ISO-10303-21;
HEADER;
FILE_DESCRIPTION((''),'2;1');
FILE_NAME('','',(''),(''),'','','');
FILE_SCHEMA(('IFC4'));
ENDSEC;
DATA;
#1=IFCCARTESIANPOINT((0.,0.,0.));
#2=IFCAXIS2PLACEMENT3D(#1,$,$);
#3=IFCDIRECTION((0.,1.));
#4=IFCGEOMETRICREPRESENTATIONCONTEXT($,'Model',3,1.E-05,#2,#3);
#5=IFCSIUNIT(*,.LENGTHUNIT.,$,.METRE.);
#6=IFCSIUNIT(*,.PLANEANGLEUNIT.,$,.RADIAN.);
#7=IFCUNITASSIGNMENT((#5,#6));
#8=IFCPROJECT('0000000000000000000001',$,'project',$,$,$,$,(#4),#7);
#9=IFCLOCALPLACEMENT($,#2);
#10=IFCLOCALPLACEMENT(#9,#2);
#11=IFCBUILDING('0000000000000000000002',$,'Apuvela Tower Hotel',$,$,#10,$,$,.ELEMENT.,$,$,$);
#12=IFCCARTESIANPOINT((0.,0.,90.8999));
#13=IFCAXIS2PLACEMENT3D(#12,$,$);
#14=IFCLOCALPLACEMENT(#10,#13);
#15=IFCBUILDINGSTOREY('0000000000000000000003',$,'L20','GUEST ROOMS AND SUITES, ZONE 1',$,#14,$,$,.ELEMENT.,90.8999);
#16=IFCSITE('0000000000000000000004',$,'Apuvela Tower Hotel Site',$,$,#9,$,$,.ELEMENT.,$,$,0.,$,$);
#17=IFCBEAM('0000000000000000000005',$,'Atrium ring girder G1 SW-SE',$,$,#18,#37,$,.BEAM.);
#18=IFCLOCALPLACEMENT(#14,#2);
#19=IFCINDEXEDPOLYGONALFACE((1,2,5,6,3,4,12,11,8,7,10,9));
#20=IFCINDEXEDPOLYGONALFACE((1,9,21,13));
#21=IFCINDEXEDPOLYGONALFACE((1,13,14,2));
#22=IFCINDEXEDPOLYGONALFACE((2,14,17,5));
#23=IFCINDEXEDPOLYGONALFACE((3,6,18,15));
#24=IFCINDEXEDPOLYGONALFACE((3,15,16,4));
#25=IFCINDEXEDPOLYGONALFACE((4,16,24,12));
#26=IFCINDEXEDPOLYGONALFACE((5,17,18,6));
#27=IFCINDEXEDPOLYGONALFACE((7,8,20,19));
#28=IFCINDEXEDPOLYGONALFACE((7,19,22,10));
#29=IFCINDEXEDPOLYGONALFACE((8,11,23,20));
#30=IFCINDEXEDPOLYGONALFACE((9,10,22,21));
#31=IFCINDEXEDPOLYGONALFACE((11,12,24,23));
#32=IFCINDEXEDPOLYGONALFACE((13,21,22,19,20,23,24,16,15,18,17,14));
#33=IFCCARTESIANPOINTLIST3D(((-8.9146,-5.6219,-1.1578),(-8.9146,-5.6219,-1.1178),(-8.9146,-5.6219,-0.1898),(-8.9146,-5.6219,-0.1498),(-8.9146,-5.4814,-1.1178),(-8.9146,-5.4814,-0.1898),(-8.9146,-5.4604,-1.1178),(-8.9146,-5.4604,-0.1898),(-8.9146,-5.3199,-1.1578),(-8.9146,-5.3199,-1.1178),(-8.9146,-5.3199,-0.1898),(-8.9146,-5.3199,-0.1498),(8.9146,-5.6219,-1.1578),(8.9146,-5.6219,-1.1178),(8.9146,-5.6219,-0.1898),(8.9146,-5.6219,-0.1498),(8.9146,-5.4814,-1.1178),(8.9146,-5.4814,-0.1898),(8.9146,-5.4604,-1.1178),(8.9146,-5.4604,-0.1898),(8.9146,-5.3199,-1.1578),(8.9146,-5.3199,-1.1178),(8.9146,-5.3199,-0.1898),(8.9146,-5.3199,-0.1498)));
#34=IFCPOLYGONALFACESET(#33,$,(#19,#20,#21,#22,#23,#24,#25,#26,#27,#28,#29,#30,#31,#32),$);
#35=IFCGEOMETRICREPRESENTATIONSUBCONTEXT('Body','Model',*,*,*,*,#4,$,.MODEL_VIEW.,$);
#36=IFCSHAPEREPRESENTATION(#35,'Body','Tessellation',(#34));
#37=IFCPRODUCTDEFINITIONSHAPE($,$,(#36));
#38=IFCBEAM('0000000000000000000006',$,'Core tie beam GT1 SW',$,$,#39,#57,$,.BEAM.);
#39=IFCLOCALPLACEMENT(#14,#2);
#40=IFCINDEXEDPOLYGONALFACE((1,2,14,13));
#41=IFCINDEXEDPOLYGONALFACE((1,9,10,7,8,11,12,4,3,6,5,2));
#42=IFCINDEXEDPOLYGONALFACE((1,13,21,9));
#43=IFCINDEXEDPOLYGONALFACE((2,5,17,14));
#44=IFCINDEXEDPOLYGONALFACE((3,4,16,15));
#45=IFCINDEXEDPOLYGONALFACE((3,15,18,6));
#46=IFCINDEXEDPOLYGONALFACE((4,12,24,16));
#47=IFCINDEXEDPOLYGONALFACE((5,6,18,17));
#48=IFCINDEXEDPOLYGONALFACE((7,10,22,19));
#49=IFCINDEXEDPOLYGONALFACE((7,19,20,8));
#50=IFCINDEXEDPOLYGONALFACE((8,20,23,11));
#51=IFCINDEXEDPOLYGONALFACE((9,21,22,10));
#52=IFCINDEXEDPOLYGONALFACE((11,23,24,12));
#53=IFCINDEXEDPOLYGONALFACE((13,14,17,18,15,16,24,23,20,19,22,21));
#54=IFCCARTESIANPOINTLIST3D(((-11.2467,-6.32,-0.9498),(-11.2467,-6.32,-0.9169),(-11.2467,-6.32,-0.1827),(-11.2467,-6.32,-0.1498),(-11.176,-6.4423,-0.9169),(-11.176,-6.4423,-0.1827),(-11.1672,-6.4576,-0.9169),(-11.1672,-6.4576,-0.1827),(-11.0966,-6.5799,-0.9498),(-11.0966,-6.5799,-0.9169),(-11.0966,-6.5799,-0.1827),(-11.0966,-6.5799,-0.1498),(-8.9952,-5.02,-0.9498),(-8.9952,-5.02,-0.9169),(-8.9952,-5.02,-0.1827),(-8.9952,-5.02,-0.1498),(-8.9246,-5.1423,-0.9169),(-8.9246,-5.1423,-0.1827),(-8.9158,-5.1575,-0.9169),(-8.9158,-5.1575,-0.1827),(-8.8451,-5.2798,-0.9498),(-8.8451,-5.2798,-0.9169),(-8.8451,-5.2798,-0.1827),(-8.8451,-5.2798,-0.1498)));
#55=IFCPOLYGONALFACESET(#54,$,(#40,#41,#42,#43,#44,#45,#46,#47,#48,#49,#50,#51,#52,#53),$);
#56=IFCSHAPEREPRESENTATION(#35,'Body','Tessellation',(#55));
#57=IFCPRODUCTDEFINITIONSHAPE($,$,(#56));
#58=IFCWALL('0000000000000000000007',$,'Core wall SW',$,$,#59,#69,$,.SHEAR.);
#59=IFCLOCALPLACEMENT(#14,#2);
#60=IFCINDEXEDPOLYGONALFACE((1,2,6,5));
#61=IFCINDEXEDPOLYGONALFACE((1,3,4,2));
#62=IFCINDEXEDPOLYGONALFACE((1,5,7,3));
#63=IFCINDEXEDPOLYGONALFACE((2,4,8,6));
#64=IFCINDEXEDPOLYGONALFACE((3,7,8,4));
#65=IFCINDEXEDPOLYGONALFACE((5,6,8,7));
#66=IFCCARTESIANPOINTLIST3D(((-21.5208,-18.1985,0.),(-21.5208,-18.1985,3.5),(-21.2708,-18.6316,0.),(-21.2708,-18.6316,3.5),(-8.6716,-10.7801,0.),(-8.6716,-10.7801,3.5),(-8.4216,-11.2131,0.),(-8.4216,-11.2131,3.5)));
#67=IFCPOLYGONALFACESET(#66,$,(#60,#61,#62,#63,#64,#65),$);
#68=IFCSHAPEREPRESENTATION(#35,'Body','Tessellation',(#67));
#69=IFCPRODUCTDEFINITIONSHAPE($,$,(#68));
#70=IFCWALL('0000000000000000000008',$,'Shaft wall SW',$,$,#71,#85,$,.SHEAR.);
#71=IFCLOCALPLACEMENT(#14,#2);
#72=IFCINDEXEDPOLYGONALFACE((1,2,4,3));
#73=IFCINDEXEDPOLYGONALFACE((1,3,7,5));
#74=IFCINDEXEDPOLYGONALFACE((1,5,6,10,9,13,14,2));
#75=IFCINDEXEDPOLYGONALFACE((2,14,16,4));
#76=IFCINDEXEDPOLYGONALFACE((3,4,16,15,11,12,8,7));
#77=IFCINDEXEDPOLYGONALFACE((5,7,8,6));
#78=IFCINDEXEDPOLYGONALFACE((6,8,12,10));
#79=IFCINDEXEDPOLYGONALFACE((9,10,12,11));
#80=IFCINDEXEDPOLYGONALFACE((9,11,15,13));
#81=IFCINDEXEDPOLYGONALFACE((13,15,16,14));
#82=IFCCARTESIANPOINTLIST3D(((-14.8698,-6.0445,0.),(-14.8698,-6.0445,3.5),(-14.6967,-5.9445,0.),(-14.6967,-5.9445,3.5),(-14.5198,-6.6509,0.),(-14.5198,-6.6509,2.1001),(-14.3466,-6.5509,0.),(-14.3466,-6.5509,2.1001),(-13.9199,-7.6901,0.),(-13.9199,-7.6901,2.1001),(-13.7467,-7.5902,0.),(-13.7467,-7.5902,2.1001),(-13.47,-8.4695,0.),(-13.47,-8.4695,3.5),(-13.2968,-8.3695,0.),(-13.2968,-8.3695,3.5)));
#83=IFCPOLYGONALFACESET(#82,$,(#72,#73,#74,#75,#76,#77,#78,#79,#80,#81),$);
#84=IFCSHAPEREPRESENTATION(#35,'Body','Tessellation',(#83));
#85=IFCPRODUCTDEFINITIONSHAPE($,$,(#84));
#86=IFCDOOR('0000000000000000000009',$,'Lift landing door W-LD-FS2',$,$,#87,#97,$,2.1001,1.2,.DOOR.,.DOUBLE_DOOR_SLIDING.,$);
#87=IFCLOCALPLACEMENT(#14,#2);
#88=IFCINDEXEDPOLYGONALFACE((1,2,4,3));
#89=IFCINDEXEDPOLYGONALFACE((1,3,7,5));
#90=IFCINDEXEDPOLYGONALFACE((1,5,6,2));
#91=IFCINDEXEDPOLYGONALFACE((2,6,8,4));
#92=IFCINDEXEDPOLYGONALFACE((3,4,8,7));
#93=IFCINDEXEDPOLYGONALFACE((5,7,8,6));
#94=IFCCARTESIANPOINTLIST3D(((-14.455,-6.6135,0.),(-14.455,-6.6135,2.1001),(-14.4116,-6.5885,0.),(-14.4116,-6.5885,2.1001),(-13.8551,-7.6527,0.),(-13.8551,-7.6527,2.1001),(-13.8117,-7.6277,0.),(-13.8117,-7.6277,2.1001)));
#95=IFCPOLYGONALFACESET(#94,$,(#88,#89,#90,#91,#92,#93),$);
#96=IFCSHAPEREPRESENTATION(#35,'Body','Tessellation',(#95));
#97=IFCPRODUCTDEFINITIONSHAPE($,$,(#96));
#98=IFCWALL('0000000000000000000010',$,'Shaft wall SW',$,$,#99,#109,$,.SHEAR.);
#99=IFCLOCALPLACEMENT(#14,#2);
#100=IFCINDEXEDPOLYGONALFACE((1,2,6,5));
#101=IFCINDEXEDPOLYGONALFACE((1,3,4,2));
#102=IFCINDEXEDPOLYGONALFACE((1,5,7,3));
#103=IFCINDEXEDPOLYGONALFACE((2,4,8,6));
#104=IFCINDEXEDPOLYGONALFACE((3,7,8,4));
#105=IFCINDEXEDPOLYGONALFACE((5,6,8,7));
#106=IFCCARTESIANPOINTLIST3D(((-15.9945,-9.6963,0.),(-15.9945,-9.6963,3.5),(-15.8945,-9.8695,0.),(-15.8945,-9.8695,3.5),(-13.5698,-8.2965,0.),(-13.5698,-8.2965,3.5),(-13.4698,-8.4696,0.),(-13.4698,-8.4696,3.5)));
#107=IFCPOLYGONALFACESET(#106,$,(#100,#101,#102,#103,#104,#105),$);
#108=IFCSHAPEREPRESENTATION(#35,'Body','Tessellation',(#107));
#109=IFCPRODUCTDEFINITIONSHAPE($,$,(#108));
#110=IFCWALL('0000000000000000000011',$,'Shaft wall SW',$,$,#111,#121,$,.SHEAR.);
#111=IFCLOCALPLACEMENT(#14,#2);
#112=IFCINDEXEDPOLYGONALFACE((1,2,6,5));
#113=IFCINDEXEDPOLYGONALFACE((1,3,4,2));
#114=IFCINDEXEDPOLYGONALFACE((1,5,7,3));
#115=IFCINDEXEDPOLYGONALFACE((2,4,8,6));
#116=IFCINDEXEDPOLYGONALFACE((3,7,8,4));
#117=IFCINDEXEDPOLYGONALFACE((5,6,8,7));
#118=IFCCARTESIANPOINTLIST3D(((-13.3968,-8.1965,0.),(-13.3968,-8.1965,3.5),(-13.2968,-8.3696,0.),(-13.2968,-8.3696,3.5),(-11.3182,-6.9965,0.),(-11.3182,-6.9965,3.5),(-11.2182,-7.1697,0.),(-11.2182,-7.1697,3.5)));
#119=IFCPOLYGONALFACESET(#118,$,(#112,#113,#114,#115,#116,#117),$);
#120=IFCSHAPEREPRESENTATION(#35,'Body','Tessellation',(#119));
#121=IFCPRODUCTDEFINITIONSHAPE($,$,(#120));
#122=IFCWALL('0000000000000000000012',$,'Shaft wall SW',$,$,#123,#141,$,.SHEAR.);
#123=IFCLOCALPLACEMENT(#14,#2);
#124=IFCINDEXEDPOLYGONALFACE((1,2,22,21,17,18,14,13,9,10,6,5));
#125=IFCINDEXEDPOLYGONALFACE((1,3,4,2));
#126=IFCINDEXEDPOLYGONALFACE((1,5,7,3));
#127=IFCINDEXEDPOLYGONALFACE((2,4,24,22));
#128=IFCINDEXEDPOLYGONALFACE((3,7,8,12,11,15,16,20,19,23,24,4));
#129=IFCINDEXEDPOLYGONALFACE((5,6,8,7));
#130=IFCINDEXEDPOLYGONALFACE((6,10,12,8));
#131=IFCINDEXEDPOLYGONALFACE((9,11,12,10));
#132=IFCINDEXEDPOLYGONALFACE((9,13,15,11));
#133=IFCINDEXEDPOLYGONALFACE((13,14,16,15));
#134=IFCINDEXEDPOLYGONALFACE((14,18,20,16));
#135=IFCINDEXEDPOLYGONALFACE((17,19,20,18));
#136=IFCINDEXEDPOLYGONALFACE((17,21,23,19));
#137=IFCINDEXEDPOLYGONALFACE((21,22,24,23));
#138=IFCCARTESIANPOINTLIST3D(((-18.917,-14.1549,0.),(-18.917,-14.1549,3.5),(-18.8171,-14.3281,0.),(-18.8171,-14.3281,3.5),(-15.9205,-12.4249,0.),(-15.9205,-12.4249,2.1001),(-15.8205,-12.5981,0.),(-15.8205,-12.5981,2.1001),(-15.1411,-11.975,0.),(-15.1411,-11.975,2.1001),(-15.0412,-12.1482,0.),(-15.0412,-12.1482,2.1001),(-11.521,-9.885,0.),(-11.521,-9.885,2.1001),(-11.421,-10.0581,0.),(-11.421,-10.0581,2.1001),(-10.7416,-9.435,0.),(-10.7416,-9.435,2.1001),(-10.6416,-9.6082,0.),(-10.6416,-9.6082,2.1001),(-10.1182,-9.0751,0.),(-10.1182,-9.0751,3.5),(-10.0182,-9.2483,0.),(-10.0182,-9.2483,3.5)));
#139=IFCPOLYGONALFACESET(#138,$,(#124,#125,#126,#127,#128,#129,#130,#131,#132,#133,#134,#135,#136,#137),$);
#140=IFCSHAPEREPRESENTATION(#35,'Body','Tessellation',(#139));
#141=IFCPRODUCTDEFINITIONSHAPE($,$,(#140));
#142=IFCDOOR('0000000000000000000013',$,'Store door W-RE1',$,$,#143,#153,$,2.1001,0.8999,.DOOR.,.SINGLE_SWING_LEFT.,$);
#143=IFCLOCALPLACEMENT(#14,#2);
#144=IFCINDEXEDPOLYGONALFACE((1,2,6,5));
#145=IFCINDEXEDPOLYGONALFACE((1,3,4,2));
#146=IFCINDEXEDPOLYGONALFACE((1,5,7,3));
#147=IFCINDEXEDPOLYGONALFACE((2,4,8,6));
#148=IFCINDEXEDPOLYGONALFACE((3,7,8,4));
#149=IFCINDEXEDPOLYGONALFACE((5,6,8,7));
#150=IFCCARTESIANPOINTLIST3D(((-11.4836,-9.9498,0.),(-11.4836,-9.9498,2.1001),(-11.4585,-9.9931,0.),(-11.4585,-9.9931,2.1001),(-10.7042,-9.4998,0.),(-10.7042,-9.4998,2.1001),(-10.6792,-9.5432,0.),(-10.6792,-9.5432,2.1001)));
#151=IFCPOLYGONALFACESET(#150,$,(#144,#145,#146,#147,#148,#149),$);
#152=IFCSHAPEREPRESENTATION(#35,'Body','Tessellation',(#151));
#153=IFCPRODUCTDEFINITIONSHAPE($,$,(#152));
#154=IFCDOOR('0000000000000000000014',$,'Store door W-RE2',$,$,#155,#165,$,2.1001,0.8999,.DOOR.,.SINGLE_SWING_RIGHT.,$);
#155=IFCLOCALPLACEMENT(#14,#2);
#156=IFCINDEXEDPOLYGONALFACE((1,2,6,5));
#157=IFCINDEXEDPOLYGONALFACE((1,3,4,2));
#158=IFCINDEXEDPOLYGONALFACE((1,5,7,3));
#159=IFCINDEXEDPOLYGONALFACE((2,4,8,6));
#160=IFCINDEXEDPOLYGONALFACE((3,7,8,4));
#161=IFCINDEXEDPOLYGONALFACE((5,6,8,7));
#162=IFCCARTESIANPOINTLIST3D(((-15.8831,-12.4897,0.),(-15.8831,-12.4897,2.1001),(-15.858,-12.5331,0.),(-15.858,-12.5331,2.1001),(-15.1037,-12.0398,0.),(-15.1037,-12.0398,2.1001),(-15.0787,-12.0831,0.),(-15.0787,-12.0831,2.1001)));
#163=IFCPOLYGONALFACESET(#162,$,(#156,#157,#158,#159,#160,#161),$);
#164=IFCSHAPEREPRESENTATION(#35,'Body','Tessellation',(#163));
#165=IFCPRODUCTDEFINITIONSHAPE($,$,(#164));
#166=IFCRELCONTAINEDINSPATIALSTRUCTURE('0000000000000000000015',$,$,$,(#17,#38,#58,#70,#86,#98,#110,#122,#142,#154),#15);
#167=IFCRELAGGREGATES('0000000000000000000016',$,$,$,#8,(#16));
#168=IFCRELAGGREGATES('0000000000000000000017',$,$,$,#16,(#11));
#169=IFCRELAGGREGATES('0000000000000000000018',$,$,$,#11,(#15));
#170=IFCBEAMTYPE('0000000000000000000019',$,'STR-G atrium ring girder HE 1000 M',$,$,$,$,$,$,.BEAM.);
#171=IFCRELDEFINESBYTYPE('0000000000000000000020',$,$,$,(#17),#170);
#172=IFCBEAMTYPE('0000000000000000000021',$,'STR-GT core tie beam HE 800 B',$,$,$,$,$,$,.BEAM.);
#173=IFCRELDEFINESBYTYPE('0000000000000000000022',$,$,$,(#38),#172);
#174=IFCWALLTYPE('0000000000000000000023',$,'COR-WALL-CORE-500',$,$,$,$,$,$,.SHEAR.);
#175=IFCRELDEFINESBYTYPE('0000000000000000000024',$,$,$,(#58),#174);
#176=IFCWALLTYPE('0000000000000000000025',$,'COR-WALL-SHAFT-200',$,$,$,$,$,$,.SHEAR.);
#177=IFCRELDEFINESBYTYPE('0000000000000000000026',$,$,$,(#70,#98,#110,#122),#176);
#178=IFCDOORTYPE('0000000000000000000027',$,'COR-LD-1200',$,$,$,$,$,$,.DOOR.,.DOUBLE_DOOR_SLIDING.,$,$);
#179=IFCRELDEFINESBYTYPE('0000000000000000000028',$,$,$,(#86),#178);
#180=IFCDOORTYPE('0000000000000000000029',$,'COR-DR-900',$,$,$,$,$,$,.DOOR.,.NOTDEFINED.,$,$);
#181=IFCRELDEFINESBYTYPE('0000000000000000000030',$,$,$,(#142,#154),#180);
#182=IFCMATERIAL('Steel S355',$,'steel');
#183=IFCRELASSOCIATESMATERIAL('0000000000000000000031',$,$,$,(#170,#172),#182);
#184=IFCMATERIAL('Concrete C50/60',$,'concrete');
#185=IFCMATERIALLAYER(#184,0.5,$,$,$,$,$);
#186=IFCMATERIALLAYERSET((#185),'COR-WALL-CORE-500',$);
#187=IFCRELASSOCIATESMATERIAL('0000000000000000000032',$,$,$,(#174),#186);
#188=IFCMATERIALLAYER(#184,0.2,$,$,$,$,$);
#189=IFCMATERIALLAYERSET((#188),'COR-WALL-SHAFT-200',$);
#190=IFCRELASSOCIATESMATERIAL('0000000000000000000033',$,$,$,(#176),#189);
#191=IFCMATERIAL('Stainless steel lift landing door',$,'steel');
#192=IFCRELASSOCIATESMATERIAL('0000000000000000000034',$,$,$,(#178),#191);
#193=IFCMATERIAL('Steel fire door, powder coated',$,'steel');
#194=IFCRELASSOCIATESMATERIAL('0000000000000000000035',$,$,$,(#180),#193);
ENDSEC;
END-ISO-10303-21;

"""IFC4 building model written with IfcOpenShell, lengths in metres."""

from ifc_helpers import new_model, si_unit, direction, frame, frame_2d, origin, origin_2d, place, context, subcontext, project, spatial, rectangle, i_section, extrude, material, layer, layer_set, material_profile, profile_set, type_object, element, fill, save


model = new_model("IFC4")

# Units and contexts
model_context = context("Model", 3, precision=1e-05, world=origin(), true_north=direction((0.0, 1.0)))
body_context = subcontext(model_context, "Body", "Model", "MODEL_VIEW")
ifc_project = project(units=[si_unit("LENGTHUNIT", "METRE"), si_unit("PLANEANGLEUNIT", "RADIAN")], contexts=[model_context])

# Site, building, storey
site_placement = place(None, origin())
site = spatial("IfcSite", under=ifc_project, at=site_placement, Name="Apuvela Tower Hotel Site", CompositionType="ELEMENT", RefElevation=0.0)
building_placement = place(site_placement, origin())
building = spatial("IfcBuilding", under=site, at=building_placement, Name="Apuvela Tower Hotel", CompositionType="ELEMENT")
storey_placement = place(building_placement, frame((0.0, 0.0, 90.8999)))
storey = spatial("IfcBuildingStorey", under=building, at=storey_placement, Name="L20", Description="GUEST ROOMS AND SUITES, ZONE 1", CompositionType="ELEMENT", Elevation=90.8999)

# Beams
ifc_material_1 = material(Name="Steel S355", Category="steel")
ifc_material_profile_1 = material_profile(ifc_material_1, i_section(OverallWidth=0.302, OverallDepth=1.0081, WebThickness=0.021, FlangeThickness=0.04, at=origin_2d()), Name="HE 1000 M")
ifc_profile_set_1 = profile_set([ifc_material_profile_1], Name="Steel S355")
beam_type_1 = type_object("IfcBeamType", Name="STR-G atrium ring girder HE 1000 M", PredefinedType="BEAM", material=ifc_profile_set_1)
beam_1_placement = place(storey_placement, frame((-8.9146, -5.4709, -0.6538), z_axis=(1.0, 0.0, 0.0), x_axis=(0.0, 1.0, 0.0)))
element("IfcBeam", 1, at=beam_1_placement, inside=storey, type_object=beam_type_1, Name="Atrium ring girder G1 SW-SE", PredefinedType="BEAM", context=body_context, shape_type="SweptSolid", body=[
    extrude(i_section(OverallWidth=0.302, OverallDepth=1.0081, WebThickness=0.021, FlangeThickness=0.04, at=origin_2d()), origin(), (0.0, 0.0, 1.0), 17.8291),
])
ifc_material_profile_2 = material_profile(ifc_material_1, i_section(OverallWidth=0.3, OverallDepth=0.8, WebThickness=0.0176, FlangeThickness=0.033, at=origin_2d()), Name="HE 800 B")
ifc_profile_set_2 = profile_set([ifc_material_profile_2], Name="Steel S355")
beam_type_2 = type_object("IfcBeamType", Name="STR-GT core tie beam HE 800 B", PredefinedType="BEAM", material=ifc_profile_set_2)
beam_2_placement = place(storey_placement, frame((-11.1716, -6.45, -0.5498), z_axis=(0.865998, 0.500048, 0.0), x_axis=(-0.500048, 0.865998, 0.0)))
element("IfcBeam", 2, at=beam_2_placement, inside=storey, type_object=beam_type_2, Name="Core tie beam GT1 SW", PredefinedType="BEAM", context=body_context, shape_type="SweptSolid", body=[
    extrude(i_section(OverallWidth=0.3, OverallDepth=0.8, WebThickness=0.0176, FlangeThickness=0.033, at=origin_2d()), origin(), (0.0, 0.0, 1.0), 2.5999),
])

# Wall
ifc_material_2 = material(Name="Concrete C50/60", Category="concrete")
ifc_layer_1 = layer(ifc_material_2, 0.5)
ifc_layer_set_1 = layer_set([ifc_layer_1], Name="COR-WALL-CORE-500")
wall_type_1 = type_object("IfcWallType", Name="COR-WALL-CORE-500", PredefinedType="SHEAR", material=ifc_layer_set_1)
wall_1_placement = place(storey_placement, frame((-8.5466, -10.9966, 0.0), z_axis=(0.0, 0.0, 1.0), x_axis=(-0.866025, -0.500001, 0.0)))
element("IfcWall", 3, at=wall_1_placement, inside=storey, type_object=wall_type_1, Name="Core wall SW", PredefinedType="SHEAR", context=body_context, shape_type="SweptSolid", body=[
    extrude(rectangle(XDim=14.8369, YDim=0.5, at=frame_2d((7.4185, 0.0))), origin(), (0.0, 0.0, 1.0), 3.5),
])

# Wall, opening, door
ifc_layer_2 = layer(ifc_material_2, 0.2)
ifc_layer_set_2 = layer_set([ifc_layer_2], Name="COR-WALL-SHAFT-200")
wall_type_2 = type_object("IfcWallType", Name="COR-WALL-SHAFT-200", PredefinedType="SHEAR", material=ifc_layer_set_2)
wall_2_placement = place(storey_placement, frame((-14.7832, -5.9946, 0.0), z_axis=(0.0, 0.0, 1.0), x_axis=(0.499946, -0.866056, 0.0)))
wall_2 = element("IfcWall", 4, at=wall_2_placement, inside=storey, type_object=wall_type_2, Name="Shaft wall SW", PredefinedType="SHEAR", context=body_context, shape_type="SweptSolid", body=[
    extrude(rectangle(XDim=2.8, YDim=0.2, at=frame_2d((1.3999, 0.0))), origin(), (0.0, 0.0, 1.0), 3.5),
])
opening_1_placement = place(wall_2_placement, frame((0.7, 0.0, 0.0)))
opening_1 = element("IfcOpeningElement", 5, at=opening_1_placement, cuts=wall_2, PredefinedType="OPENING", context=body_context, shape_type="SweptSolid", body=[
    extrude(rectangle(XDim=1.2, YDim=2.1001, at=frame_2d((0.6001, 1.05))), frame((0.0, 0.1099, 0.0), z_axis=(0.0, -1.0, 0.0), x_axis=(1.0, 0.0, 0.0)), (0.0, 0.0, 1.0), 0.22),
])
ifc_material_3 = material(Name="Stainless steel lift landing door", Category="steel")
door_type_1 = type_object("IfcDoorType", Name="COR-LD-1200", OperationType="DOUBLE_DOOR_SLIDING", PredefinedType="DOOR", material=ifc_material_3)
door_1_placement = place(opening_1_placement, origin())
door_1 = element("IfcDoor", 6, at=door_1_placement, inside=storey, type_object=door_type_1, Name="Lift landing door W-LD-FS2", OperationType="DOUBLE_DOOR_SLIDING", OverallHeight=2.1001, OverallWidth=1.2, PredefinedType="DOOR", context=body_context, shape_type="SweptSolid", body=[
    extrude(rectangle(XDim=1.2, YDim=2.1001, at=frame_2d((0.6001, 1.05))), frame((0.0, 0.0249, 0.0), z_axis=(0.0, -1.0, 0.0), x_axis=(1.0, 0.0, 0.0)), (0.0, 0.0, 1.0), 0.05),
])
fill(opening_1, door_1)

# Walls
wall_3_placement = place(storey_placement, frame((-13.5198, -8.3831, 0.0), z_axis=(0.0, 0.0, 1.0), x_axis=(-0.866035, -0.499984, 0.0)))
element("IfcWall", 7, at=wall_3_placement, inside=storey, type_object=wall_type_2, Name="Shaft wall SW", PredefinedType="SHEAR", context=body_context, shape_type="SweptSolid", body=[
    extrude(rectangle(XDim=2.7998, YDim=0.2, at=frame_2d((1.3999, 0.0))), origin(), (0.0, 0.0, 1.0), 3.5),
])
wall_4_placement = place(storey_placement, frame((-11.2681, -7.083, 0.0), z_axis=(0.0, 0.0, 1.0), x_axis=(-0.86605, -0.499957, 0.0)))
element("IfcWall", 8, at=wall_4_placement, inside=storey, type_object=wall_type_2, Name="Shaft wall SW", PredefinedType="SHEAR", context=body_context, shape_type="SweptSolid", body=[
    extrude(rectangle(XDim=2.4001, YDim=0.2, at=frame_2d((1.2002, 0.0))), origin(), (0.0, 0.0, 1.0), 3.5),
])

# Wall, openings, doors
wall_5_placement = place(storey_placement, frame((-10.0681, -9.1616, 0.0), z_axis=(0.0, 0.0, 1.0), x_axis=(-0.866033, -0.499987, 0.0)))
wall_5 = element("IfcWall", 9, at=wall_5_placement, inside=storey, type_object=wall_type_2, Name="Shaft wall SW", PredefinedType="SHEAR", context=body_context, shape_type="SweptSolid", body=[
    extrude(rectangle(XDim=10.1599, YDim=0.2, at=frame_2d((5.0801, 0.0))), origin(), (0.0, 0.0, 1.0), 3.5),
])
opening_2_placement = place(wall_5_placement, frame((0.72, 0.0, 0.0)))
opening_2 = element("IfcOpeningElement", 10, at=opening_2_placement, cuts=wall_5, PredefinedType="OPENING", context=body_context, shape_type="SweptSolid", body=[
    extrude(rectangle(XDim=0.8999, YDim=2.1001, at=frame_2d((0.45, 1.05))), frame((0.0, 0.1099, 0.0), z_axis=(0.0, -1.0, 0.0), x_axis=(1.0, 0.0, 0.0)), (0.0, 0.0, 1.0), 0.22),
])
opening_3_placement = place(wall_5_placement, frame((5.8, 0.0, 0.0)))
opening_3 = element("IfcOpeningElement", 11, at=opening_3_placement, cuts=wall_5, PredefinedType="OPENING", context=body_context, shape_type="SweptSolid", body=[
    extrude(rectangle(XDim=0.8999, YDim=2.1001, at=frame_2d((0.45, 1.05))), frame((0.0, 0.1099, 0.0), z_axis=(0.0, -1.0, 0.0), x_axis=(1.0, 0.0, 0.0)), (0.0, 0.0, 1.0), 0.22),
])
ifc_material_4 = material(Name="Steel fire door, powder coated", Category="steel")
door_type_2 = type_object("IfcDoorType", Name="COR-DR-900", OperationType="NOTDEFINED", PredefinedType="DOOR", material=ifc_material_4)
door_2_placement = place(opening_2_placement, origin())
door_2 = element("IfcDoor", 12, at=door_2_placement, inside=storey, type_object=door_type_2, Name="Store door W-RE1", OperationType="SINGLE_SWING_LEFT", OverallHeight=2.1001, OverallWidth=0.8999, PredefinedType="DOOR", context=body_context, shape_type="SweptSolid", body=[
    extrude(rectangle(XDim=0.8999, YDim=2.1001, at=frame_2d((0.45, 1.05))), frame((0.0, 0.0249, 0.0), z_axis=(0.0, -1.0, 0.0), x_axis=(1.0, 0.0, 0.0)), (0.0, 0.0, 1.0), 0.05),
])
fill(opening_2, door_2)
door_3_placement = place(opening_3_placement, origin())
door_3 = element("IfcDoor", 13, at=door_3_placement, inside=storey, type_object=door_type_2, Name="Store door W-RE2", OperationType="SINGLE_SWING_RIGHT", OverallHeight=2.1001, OverallWidth=0.8999, PredefinedType="DOOR", context=body_context, shape_type="SweptSolid", body=[
    extrude(rectangle(XDim=0.8999, YDim=2.1001, at=frame_2d((0.45, 1.05))), frame((0.0, 0.0249, 0.0), z_axis=(0.0, -1.0, 0.0), x_axis=(1.0, 0.0, 0.0)), (0.0, 0.0, 1.0), 0.05),
])
fill(opening_3, door_3)

save(model, "model.ifc")
